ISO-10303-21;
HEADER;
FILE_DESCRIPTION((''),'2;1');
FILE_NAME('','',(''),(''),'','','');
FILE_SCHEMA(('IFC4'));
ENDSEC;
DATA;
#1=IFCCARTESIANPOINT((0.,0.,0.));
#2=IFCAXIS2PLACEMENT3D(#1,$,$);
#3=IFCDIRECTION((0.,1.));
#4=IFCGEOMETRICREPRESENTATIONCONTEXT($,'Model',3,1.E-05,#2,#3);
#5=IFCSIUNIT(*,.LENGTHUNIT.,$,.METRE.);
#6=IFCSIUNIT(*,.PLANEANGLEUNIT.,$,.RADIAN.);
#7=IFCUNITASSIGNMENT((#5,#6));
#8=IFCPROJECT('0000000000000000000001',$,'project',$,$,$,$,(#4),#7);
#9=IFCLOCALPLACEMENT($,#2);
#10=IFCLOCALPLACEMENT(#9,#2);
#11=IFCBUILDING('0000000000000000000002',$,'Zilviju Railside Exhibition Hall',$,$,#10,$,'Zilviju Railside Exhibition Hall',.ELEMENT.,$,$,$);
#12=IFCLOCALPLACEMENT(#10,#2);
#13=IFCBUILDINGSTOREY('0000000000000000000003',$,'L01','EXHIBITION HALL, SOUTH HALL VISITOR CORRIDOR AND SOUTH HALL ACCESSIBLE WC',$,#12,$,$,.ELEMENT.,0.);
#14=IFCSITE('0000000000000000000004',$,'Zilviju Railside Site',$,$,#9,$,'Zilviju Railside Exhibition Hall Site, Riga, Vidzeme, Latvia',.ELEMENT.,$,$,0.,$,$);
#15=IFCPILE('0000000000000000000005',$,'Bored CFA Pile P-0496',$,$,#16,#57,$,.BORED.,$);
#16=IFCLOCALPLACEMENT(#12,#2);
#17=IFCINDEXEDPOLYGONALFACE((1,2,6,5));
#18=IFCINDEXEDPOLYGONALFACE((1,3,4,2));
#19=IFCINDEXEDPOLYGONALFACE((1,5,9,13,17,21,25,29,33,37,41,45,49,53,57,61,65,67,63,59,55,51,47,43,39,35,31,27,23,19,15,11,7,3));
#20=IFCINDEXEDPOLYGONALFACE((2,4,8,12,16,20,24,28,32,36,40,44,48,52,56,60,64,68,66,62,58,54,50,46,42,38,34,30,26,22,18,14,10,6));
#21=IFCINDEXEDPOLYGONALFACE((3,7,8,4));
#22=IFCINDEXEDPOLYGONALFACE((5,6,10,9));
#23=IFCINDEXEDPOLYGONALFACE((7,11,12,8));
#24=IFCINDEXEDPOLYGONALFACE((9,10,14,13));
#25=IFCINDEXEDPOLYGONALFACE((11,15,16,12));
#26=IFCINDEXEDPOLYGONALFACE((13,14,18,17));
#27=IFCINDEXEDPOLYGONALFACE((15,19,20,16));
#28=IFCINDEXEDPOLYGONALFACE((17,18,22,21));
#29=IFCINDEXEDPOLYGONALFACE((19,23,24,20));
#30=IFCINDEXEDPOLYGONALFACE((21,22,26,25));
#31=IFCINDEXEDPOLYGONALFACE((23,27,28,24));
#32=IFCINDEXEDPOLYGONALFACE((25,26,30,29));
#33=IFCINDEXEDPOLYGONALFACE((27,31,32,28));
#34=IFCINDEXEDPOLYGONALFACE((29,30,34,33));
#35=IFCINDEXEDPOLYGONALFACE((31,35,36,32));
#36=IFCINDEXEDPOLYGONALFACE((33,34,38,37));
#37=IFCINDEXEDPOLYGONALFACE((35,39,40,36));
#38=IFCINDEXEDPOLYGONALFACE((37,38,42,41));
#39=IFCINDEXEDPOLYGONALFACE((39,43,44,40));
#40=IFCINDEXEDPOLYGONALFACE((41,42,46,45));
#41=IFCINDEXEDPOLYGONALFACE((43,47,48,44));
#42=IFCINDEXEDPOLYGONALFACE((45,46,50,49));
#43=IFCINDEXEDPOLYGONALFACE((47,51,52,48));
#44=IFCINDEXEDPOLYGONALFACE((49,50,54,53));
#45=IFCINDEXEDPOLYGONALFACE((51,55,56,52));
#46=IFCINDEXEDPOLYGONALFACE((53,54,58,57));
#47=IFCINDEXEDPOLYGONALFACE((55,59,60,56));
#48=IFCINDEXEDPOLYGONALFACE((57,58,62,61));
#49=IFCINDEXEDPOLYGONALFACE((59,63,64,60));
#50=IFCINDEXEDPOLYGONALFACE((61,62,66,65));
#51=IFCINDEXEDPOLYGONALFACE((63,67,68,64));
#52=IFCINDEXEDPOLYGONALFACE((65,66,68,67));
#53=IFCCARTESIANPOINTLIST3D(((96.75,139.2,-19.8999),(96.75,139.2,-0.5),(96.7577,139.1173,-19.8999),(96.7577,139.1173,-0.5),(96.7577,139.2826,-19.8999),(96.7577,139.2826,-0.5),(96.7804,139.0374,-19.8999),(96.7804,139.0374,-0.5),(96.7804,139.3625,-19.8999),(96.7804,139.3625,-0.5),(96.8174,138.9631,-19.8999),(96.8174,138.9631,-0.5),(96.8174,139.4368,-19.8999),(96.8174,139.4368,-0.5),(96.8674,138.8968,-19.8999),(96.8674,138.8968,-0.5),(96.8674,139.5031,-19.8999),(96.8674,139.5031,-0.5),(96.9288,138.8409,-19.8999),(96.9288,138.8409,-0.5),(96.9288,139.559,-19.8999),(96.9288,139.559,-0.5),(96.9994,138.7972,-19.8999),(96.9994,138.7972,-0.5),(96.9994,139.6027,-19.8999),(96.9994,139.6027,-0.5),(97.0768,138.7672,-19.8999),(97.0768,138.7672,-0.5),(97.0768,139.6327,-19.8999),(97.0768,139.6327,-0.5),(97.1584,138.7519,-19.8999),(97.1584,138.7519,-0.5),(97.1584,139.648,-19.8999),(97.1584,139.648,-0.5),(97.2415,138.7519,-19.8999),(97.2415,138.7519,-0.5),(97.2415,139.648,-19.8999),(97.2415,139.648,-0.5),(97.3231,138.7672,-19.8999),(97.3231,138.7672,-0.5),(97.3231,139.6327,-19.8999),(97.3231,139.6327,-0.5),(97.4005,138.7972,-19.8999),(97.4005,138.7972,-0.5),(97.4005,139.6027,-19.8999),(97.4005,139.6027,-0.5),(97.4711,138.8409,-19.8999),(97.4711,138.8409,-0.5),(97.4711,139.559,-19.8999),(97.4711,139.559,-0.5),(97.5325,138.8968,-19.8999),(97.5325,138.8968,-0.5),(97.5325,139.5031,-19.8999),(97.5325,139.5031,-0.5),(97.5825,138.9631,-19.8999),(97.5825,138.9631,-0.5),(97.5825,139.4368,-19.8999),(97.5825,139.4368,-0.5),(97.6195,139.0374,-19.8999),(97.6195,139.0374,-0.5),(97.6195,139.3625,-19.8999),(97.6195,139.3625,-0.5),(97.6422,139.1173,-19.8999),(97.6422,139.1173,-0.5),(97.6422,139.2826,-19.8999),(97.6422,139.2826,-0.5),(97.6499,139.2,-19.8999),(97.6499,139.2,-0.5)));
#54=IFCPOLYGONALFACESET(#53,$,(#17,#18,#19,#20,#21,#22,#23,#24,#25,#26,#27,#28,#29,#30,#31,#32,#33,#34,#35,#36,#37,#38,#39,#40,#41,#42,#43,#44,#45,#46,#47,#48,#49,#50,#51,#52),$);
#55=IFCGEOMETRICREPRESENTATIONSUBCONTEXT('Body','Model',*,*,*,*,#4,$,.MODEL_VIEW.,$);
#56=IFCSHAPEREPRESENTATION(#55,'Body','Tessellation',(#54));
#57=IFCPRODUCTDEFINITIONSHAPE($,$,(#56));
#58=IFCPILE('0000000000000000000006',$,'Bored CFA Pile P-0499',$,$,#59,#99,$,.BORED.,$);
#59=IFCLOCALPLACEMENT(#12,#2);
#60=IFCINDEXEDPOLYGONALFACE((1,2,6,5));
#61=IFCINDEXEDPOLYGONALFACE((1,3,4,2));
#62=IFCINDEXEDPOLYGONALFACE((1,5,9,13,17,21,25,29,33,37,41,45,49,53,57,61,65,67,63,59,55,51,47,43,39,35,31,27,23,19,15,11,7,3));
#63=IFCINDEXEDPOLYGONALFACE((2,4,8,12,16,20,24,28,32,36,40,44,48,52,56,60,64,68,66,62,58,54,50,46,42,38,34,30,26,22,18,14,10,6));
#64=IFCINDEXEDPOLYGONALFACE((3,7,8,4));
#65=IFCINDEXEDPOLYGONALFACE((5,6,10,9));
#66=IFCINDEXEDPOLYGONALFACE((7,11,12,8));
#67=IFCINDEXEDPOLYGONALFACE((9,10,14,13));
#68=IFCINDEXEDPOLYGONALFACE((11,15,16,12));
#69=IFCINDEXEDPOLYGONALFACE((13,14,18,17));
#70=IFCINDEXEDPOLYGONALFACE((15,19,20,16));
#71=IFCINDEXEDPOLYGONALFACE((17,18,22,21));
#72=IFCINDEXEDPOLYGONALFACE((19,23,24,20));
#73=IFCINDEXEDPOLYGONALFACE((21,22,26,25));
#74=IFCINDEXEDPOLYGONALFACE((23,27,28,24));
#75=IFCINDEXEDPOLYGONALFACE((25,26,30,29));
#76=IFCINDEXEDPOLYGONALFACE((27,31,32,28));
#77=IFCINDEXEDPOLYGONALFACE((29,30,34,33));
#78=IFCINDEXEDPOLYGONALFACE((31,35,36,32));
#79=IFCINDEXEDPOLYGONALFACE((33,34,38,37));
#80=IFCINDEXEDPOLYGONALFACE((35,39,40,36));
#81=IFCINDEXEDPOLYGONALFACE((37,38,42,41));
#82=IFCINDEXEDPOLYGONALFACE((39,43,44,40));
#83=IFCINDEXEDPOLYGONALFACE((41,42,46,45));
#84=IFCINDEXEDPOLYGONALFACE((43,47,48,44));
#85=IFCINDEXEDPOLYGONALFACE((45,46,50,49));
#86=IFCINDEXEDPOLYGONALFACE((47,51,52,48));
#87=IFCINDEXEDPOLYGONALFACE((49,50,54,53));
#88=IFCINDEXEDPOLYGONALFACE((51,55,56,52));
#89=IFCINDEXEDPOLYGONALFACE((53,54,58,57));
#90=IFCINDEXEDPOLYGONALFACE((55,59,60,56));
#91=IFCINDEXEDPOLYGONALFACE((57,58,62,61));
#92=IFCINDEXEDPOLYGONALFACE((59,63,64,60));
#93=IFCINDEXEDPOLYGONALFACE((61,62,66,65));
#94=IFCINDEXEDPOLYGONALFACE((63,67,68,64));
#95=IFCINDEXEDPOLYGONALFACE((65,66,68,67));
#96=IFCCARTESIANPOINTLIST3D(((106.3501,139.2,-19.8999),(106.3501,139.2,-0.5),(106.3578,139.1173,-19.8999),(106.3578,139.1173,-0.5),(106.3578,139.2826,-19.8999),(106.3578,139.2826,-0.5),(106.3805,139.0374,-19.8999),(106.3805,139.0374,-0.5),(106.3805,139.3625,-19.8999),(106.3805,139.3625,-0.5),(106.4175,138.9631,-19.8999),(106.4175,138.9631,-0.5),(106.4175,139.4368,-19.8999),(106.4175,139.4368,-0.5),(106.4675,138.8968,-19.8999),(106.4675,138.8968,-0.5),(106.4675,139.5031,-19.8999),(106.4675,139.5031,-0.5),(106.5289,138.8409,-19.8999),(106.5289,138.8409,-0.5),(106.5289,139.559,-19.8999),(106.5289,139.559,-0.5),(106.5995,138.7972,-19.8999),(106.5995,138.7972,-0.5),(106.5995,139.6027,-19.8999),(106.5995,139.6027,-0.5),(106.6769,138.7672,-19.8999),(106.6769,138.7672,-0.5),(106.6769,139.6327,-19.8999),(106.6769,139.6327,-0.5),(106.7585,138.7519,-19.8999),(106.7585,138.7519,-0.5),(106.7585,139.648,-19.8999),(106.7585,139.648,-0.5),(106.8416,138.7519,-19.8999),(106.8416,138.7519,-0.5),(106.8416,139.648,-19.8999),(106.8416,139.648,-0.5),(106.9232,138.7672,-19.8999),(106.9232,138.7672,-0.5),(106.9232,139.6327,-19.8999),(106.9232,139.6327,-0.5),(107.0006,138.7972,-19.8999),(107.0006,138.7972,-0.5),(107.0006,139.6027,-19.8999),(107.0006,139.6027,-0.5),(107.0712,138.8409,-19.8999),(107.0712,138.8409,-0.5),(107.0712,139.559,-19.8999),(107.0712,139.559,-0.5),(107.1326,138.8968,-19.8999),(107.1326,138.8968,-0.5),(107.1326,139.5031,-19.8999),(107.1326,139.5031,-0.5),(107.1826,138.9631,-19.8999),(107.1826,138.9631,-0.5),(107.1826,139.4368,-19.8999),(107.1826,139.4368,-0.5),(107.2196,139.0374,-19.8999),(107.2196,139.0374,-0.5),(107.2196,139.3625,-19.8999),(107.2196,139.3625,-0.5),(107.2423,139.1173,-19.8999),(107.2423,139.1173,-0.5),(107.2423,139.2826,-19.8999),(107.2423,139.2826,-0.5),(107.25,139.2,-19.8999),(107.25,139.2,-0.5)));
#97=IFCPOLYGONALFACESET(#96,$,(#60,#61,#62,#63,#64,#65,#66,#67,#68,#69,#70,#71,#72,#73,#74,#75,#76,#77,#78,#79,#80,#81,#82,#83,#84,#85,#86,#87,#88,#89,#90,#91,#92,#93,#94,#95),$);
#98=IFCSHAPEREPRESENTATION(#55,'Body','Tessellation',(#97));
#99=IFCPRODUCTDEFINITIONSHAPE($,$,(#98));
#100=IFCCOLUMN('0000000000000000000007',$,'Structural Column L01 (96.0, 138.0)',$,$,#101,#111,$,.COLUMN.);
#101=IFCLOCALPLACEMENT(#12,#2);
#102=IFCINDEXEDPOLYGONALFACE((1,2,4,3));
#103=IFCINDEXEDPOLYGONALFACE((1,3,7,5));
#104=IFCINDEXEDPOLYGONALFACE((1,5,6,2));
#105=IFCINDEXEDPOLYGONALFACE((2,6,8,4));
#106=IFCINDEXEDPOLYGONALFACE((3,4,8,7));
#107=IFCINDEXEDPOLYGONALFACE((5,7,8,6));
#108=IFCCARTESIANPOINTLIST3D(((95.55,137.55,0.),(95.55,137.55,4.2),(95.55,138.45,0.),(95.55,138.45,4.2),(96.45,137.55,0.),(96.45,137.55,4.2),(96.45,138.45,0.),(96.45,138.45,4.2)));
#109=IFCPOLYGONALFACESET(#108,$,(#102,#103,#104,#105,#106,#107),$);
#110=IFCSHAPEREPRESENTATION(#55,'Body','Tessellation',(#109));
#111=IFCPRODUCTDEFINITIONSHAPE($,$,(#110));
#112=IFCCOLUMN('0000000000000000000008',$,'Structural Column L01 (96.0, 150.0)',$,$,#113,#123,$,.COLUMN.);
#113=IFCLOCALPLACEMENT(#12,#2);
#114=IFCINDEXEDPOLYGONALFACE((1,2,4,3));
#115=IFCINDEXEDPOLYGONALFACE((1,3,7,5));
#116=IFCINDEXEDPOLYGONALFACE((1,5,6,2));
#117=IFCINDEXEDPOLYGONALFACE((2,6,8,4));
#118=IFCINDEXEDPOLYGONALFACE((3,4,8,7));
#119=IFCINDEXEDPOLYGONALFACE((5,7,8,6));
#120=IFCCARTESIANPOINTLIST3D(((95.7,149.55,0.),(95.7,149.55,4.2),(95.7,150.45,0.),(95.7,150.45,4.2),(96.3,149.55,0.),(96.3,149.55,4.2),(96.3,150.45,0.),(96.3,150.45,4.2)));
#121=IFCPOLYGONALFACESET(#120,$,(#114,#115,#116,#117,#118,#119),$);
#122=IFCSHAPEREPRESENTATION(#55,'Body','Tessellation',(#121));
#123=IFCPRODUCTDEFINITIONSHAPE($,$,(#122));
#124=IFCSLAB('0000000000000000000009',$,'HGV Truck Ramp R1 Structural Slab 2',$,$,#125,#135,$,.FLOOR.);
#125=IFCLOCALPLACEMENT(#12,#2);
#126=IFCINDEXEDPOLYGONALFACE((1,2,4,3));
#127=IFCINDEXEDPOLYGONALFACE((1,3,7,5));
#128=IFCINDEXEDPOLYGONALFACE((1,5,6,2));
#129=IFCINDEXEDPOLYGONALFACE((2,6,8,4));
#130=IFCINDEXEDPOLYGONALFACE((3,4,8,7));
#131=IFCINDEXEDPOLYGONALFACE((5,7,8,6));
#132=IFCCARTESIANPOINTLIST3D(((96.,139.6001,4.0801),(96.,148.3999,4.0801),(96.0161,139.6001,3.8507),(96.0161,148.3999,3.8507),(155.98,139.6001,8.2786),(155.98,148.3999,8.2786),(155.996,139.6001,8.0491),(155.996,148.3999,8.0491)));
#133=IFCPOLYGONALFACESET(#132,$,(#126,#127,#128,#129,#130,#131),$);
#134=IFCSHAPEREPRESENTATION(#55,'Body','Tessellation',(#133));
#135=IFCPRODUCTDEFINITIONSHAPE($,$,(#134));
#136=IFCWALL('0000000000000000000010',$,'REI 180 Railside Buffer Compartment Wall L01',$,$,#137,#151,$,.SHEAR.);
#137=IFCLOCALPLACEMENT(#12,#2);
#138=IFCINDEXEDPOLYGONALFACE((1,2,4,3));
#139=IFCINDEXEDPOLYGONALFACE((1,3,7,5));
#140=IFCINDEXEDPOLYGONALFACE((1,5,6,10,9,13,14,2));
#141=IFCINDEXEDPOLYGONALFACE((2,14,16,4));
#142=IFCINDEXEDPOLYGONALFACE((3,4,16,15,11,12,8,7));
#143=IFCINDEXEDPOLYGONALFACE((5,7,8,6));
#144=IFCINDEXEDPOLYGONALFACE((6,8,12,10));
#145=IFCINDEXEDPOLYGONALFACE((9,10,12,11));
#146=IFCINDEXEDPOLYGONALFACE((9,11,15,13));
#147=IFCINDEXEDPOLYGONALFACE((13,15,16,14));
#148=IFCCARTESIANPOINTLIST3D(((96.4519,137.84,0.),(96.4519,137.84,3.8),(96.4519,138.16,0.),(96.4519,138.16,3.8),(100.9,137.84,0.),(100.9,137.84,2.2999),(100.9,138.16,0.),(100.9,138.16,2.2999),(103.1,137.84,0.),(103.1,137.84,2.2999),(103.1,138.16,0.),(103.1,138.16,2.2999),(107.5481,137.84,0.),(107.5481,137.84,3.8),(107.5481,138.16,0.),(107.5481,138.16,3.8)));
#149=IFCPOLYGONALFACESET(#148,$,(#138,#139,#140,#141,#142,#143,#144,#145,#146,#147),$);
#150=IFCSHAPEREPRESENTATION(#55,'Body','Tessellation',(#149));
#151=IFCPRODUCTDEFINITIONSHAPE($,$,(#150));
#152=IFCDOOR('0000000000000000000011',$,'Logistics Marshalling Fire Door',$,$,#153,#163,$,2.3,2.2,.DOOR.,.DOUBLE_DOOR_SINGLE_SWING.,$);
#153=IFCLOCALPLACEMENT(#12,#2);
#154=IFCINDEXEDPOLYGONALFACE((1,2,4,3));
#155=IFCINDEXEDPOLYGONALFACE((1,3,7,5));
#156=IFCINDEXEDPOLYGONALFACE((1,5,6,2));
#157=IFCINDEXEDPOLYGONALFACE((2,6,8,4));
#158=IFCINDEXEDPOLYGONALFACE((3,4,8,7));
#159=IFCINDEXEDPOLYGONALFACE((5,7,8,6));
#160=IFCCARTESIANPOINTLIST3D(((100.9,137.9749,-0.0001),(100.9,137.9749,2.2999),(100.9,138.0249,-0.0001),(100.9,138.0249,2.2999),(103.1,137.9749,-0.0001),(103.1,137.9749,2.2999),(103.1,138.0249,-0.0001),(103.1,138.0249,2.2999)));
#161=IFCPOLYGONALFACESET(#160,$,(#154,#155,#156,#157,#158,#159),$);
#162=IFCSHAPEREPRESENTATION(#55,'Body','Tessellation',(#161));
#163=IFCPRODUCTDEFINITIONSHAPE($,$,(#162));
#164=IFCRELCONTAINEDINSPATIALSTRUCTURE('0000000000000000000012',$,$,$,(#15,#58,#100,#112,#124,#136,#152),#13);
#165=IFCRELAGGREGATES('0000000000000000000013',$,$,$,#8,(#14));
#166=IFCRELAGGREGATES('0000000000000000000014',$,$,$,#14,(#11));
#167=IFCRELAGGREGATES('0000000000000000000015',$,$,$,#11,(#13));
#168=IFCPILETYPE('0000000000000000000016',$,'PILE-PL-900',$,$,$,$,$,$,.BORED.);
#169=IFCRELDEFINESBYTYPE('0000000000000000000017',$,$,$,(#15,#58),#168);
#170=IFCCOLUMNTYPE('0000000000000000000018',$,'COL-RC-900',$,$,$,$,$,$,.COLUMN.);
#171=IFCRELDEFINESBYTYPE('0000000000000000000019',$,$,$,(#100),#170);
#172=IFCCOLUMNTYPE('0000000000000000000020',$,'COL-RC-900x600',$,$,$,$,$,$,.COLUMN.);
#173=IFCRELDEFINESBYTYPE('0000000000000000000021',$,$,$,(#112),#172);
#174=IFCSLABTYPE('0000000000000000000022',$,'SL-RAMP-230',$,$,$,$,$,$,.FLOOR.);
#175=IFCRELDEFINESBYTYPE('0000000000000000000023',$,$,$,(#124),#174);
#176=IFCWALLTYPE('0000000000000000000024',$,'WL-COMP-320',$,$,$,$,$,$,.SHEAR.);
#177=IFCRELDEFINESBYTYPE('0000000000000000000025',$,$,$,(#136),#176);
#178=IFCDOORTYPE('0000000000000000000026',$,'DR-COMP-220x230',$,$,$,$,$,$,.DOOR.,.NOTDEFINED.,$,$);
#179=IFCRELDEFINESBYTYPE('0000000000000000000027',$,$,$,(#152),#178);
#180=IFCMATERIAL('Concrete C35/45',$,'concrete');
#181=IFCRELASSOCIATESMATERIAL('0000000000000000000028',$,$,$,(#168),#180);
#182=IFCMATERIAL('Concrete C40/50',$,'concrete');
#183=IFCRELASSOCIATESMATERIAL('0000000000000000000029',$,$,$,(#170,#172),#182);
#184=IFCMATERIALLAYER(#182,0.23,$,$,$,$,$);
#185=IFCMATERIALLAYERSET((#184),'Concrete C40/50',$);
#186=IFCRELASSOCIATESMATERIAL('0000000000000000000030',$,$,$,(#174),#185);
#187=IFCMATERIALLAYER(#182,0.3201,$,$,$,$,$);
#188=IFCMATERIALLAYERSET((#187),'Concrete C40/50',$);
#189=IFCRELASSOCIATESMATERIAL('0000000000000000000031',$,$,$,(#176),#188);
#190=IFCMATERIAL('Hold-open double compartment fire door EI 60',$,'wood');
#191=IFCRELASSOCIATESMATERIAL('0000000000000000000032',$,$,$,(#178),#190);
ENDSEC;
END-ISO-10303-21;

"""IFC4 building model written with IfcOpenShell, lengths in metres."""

from ifc_helpers import new_model, si_unit, direction, frame, frame_2d, origin, origin_2d, place, context, subcontext, project, spatial, polyline, rectangle, circle, outline, extrude, material, layer, layer_set, material_profile, profile_set, type_object, element, fill, save


model = new_model("IFC4")

# Units and contexts
model_context = context("Model", 3, precision=1e-05, world=origin(), true_north=direction((0.0, 1.0)))
body_context = subcontext(model_context, "Body", "Model", "MODEL_VIEW")
ifc_project = project(units=[si_unit("LENGTHUNIT", "METRE"), si_unit("PLANEANGLEUNIT", "RADIAN")], contexts=[model_context])

# Site, building, storey
site_placement = place(None, origin())
site = spatial("IfcSite", under=ifc_project, at=site_placement, Name="Zilviju Railside Site", LongName="Zilviju Railside Exhibition Hall Site, Riga, Vidzeme, Latvia", CompositionType="ELEMENT", RefElevation=0.0)
building_placement = place(site_placement, origin())
building = spatial("IfcBuilding", under=site, at=building_placement, Name="Zilviju Railside Exhibition Hall", LongName="Zilviju Railside Exhibition Hall", CompositionType="ELEMENT")
storey_placement = place(building_placement, origin())
storey = spatial("IfcBuildingStorey", under=building, at=storey_placement, Name="L01", Description="EXHIBITION HALL, SOUTH HALL VISITOR CORRIDOR AND SOUTH HALL ACCESSIBLE WC", CompositionType="ELEMENT", Elevation=0.0)

# Shared definitions
ifc_material_1 = material(Name="Concrete C35/45", Category="concrete")
ifc_material_2 = material(Name="Concrete C40/50", Category="concrete")

# Piles
ifc_material_profile_1 = material_profile(ifc_material_1, circle(Radius=0.45, at=origin_2d()), Name="CFA PILE D900")
ifc_profile_set_1 = profile_set([ifc_material_profile_1], Name="Concrete C35/45")
pile_type_1 = type_object("IfcPileType", Name="PILE-PL-900", PredefinedType="BORED", material=ifc_profile_set_1)
for number, where, z_axis, x_axis, name in (
    (1, (97.2, 139.2, -0.5), (0.0, 0.0, -1.0), (1.0, 0.0, 0.0), "Bored CFA Pile P-0496"),
    (2, (106.8, 139.2, -0.5), (0.0, 0.0, -1.0), (1.0, 0.0, 0.0), "Bored CFA Pile P-0499"),
):
    element("IfcPile", number, at=place(storey_placement, frame(where, z_axis=z_axis, x_axis=x_axis)), inside=storey, type_object=pile_type_1, Name=name, PredefinedType="BORED", context=body_context, shape_type="SweptSolid", body=[
        extrude(circle(Radius=0.45, at=origin_2d()), origin(), (0.0, 0.0, 1.0), 19.3999),
    ])

# Columns
ifc_material_profile_2 = material_profile(ifc_material_2, rectangle(XDim=0.8999, YDim=0.8999, at=origin_2d()), Name="RC COL 900x900")
ifc_profile_set_2 = profile_set([ifc_material_profile_2], Name="Concrete C40/50")
column_type_1 = type_object("IfcColumnType", Name="COL-RC-900", PredefinedType="COLUMN", material=ifc_profile_set_2)
column_1_placement = place(storey_placement, frame((96.0, 138.0, 0.0), z_axis=(0.0, 0.0, 1.0), x_axis=(1.0, 0.0, 0.0)))
element("IfcColumn", 3, at=column_1_placement, inside=storey, type_object=column_type_1, Name="Structural Column L01 (96.0, 138.0)", PredefinedType="COLUMN", context=body_context, shape_type="SweptSolid", body=[
    extrude(rectangle(XDim=0.8999, YDim=0.8999, at=origin_2d()), origin(), (0.0, 0.0, 1.0), 4.2),
])
ifc_material_profile_3 = material_profile(ifc_material_2, rectangle(XDim=0.6001, YDim=0.8999, at=origin_2d()), Name="RC COL 600x900")
ifc_profile_set_3 = profile_set([ifc_material_profile_3], Name="Concrete C40/50")
column_type_2 = type_object("IfcColumnType", Name="COL-RC-900x600", PredefinedType="COLUMN", material=ifc_profile_set_3)
column_2_placement = place(storey_placement, frame((96.0, 150.0, 0.0), z_axis=(0.0, 0.0, 1.0), x_axis=(1.0, 0.0, 0.0)))
element("IfcColumn", 4, at=column_2_placement, inside=storey, type_object=column_type_2, Name="Structural Column L01 (96.0, 150.0)", PredefinedType="COLUMN", context=body_context, shape_type="SweptSolid", body=[
    extrude(rectangle(XDim=0.6001, YDim=0.8999, at=origin_2d()), origin(), (0.0, 0.0, 1.0), 4.2),
])

# Slab
ifc_layer_1 = layer(ifc_material_2, 0.23)
ifc_layer_set_1 = layer_set([ifc_layer_1], Name="Concrete C40/50")
slab_type = type_object("IfcSlabType", Name="SL-RAMP-230", PredefinedType="FLOOR", material=ifc_layer_set_1)
slab_placement = place(storey_placement, frame((96.0, 139.6001, 4.0801), z_axis=(-0.069827, 0.0, 0.997559), x_axis=(0.997559, 0.0, 0.069827)))
element("IfcSlab", 5, at=slab_placement, inside=storey, type_object=slab_type, Name="HGV Truck Ramp R1 Structural Slab 2", PredefinedType="FLOOR", context=body_context, shape_type="SweptSolid", body=[
    extrude(outline(polyline([(0.0, 0.0), (60.1267, 0.0), (60.1267, 8.7998), (0.0, 8.7998), (0.0, 0.0)])), origin(), (0.0, 0.0, -1.0), 0.23),
])

# Wall, opening, door
ifc_layer_2 = layer(ifc_material_2, 0.3201)
ifc_layer_set_2 = layer_set([ifc_layer_2], Name="Concrete C40/50")
wall_type_1 = type_object("IfcWallType", Name="WL-COMP-320", PredefinedType="SHEAR", material=ifc_layer_set_2)
wall_1_placement = place(storey_placement, frame((96.4519, 138.0, 0.0), z_axis=(0.0, 0.0, 1.0), x_axis=(1.0, 0.0, 0.0)))
wall_1 = element("IfcWall", 6, at=wall_1_placement, inside=storey, type_object=wall_type_1, Name="REI 180 Railside Buffer Compartment Wall L01", PredefinedType="SHEAR", context=body_context, shape_type="SweptSolid", body=[
    extrude(rectangle(XDim=11.0962, YDim=0.3201, at=frame_2d((5.5481, 0.0))), origin(), (0.0, 0.0, 1.0), 3.8),
])
opening_1_placement = place(wall_1_placement, frame((4.448, 0.0, 0.0)))
opening_1 = element("IfcOpeningElement", 7, at=opening_1_placement, cuts=wall_1, PredefinedType="OPENING", context=body_context, shape_type="SweptSolid", body=[
    extrude(rectangle(XDim=2.2, YDim=2.3, at=frame_2d((1.1001, 1.1499))), frame((0.0, 0.1699, 0.0), z_axis=(0.0, -1.0, 0.0), x_axis=(1.0, 0.0, 0.0)), (0.0, 0.0, 1.0), 0.3401),
])
ifc_material_3 = material(Name="Hold-open double compartment fire door EI 60", Category="wood")
door_type_1 = type_object("IfcDoorType", Name="DR-COMP-220x230", OperationType="NOTDEFINED", PredefinedType="DOOR", material=ifc_material_3)
door_1_placement = place(opening_1_placement, origin())
door_1 = element("IfcDoor", 8, at=door_1_placement, inside=storey, type_object=door_type_1, Name="Logistics Marshalling Fire Door", OperationType="DOUBLE_DOOR_SINGLE_SWING", OverallHeight=2.3, OverallWidth=2.2, PredefinedType="DOOR", context=body_context, shape_type="SweptSolid", body=[
    extrude(rectangle(XDim=2.2, YDim=2.3, at=frame_2d((1.1001, 1.1499))), frame((0.0, 0.0249, 0.0), z_axis=(0.0, -1.0, 0.0), x_axis=(1.0, 0.0, 0.0)), (0.0, 0.0, 1.0), 0.05),
])
fill(opening_1, door_1)

save(model, "model.ifc")
